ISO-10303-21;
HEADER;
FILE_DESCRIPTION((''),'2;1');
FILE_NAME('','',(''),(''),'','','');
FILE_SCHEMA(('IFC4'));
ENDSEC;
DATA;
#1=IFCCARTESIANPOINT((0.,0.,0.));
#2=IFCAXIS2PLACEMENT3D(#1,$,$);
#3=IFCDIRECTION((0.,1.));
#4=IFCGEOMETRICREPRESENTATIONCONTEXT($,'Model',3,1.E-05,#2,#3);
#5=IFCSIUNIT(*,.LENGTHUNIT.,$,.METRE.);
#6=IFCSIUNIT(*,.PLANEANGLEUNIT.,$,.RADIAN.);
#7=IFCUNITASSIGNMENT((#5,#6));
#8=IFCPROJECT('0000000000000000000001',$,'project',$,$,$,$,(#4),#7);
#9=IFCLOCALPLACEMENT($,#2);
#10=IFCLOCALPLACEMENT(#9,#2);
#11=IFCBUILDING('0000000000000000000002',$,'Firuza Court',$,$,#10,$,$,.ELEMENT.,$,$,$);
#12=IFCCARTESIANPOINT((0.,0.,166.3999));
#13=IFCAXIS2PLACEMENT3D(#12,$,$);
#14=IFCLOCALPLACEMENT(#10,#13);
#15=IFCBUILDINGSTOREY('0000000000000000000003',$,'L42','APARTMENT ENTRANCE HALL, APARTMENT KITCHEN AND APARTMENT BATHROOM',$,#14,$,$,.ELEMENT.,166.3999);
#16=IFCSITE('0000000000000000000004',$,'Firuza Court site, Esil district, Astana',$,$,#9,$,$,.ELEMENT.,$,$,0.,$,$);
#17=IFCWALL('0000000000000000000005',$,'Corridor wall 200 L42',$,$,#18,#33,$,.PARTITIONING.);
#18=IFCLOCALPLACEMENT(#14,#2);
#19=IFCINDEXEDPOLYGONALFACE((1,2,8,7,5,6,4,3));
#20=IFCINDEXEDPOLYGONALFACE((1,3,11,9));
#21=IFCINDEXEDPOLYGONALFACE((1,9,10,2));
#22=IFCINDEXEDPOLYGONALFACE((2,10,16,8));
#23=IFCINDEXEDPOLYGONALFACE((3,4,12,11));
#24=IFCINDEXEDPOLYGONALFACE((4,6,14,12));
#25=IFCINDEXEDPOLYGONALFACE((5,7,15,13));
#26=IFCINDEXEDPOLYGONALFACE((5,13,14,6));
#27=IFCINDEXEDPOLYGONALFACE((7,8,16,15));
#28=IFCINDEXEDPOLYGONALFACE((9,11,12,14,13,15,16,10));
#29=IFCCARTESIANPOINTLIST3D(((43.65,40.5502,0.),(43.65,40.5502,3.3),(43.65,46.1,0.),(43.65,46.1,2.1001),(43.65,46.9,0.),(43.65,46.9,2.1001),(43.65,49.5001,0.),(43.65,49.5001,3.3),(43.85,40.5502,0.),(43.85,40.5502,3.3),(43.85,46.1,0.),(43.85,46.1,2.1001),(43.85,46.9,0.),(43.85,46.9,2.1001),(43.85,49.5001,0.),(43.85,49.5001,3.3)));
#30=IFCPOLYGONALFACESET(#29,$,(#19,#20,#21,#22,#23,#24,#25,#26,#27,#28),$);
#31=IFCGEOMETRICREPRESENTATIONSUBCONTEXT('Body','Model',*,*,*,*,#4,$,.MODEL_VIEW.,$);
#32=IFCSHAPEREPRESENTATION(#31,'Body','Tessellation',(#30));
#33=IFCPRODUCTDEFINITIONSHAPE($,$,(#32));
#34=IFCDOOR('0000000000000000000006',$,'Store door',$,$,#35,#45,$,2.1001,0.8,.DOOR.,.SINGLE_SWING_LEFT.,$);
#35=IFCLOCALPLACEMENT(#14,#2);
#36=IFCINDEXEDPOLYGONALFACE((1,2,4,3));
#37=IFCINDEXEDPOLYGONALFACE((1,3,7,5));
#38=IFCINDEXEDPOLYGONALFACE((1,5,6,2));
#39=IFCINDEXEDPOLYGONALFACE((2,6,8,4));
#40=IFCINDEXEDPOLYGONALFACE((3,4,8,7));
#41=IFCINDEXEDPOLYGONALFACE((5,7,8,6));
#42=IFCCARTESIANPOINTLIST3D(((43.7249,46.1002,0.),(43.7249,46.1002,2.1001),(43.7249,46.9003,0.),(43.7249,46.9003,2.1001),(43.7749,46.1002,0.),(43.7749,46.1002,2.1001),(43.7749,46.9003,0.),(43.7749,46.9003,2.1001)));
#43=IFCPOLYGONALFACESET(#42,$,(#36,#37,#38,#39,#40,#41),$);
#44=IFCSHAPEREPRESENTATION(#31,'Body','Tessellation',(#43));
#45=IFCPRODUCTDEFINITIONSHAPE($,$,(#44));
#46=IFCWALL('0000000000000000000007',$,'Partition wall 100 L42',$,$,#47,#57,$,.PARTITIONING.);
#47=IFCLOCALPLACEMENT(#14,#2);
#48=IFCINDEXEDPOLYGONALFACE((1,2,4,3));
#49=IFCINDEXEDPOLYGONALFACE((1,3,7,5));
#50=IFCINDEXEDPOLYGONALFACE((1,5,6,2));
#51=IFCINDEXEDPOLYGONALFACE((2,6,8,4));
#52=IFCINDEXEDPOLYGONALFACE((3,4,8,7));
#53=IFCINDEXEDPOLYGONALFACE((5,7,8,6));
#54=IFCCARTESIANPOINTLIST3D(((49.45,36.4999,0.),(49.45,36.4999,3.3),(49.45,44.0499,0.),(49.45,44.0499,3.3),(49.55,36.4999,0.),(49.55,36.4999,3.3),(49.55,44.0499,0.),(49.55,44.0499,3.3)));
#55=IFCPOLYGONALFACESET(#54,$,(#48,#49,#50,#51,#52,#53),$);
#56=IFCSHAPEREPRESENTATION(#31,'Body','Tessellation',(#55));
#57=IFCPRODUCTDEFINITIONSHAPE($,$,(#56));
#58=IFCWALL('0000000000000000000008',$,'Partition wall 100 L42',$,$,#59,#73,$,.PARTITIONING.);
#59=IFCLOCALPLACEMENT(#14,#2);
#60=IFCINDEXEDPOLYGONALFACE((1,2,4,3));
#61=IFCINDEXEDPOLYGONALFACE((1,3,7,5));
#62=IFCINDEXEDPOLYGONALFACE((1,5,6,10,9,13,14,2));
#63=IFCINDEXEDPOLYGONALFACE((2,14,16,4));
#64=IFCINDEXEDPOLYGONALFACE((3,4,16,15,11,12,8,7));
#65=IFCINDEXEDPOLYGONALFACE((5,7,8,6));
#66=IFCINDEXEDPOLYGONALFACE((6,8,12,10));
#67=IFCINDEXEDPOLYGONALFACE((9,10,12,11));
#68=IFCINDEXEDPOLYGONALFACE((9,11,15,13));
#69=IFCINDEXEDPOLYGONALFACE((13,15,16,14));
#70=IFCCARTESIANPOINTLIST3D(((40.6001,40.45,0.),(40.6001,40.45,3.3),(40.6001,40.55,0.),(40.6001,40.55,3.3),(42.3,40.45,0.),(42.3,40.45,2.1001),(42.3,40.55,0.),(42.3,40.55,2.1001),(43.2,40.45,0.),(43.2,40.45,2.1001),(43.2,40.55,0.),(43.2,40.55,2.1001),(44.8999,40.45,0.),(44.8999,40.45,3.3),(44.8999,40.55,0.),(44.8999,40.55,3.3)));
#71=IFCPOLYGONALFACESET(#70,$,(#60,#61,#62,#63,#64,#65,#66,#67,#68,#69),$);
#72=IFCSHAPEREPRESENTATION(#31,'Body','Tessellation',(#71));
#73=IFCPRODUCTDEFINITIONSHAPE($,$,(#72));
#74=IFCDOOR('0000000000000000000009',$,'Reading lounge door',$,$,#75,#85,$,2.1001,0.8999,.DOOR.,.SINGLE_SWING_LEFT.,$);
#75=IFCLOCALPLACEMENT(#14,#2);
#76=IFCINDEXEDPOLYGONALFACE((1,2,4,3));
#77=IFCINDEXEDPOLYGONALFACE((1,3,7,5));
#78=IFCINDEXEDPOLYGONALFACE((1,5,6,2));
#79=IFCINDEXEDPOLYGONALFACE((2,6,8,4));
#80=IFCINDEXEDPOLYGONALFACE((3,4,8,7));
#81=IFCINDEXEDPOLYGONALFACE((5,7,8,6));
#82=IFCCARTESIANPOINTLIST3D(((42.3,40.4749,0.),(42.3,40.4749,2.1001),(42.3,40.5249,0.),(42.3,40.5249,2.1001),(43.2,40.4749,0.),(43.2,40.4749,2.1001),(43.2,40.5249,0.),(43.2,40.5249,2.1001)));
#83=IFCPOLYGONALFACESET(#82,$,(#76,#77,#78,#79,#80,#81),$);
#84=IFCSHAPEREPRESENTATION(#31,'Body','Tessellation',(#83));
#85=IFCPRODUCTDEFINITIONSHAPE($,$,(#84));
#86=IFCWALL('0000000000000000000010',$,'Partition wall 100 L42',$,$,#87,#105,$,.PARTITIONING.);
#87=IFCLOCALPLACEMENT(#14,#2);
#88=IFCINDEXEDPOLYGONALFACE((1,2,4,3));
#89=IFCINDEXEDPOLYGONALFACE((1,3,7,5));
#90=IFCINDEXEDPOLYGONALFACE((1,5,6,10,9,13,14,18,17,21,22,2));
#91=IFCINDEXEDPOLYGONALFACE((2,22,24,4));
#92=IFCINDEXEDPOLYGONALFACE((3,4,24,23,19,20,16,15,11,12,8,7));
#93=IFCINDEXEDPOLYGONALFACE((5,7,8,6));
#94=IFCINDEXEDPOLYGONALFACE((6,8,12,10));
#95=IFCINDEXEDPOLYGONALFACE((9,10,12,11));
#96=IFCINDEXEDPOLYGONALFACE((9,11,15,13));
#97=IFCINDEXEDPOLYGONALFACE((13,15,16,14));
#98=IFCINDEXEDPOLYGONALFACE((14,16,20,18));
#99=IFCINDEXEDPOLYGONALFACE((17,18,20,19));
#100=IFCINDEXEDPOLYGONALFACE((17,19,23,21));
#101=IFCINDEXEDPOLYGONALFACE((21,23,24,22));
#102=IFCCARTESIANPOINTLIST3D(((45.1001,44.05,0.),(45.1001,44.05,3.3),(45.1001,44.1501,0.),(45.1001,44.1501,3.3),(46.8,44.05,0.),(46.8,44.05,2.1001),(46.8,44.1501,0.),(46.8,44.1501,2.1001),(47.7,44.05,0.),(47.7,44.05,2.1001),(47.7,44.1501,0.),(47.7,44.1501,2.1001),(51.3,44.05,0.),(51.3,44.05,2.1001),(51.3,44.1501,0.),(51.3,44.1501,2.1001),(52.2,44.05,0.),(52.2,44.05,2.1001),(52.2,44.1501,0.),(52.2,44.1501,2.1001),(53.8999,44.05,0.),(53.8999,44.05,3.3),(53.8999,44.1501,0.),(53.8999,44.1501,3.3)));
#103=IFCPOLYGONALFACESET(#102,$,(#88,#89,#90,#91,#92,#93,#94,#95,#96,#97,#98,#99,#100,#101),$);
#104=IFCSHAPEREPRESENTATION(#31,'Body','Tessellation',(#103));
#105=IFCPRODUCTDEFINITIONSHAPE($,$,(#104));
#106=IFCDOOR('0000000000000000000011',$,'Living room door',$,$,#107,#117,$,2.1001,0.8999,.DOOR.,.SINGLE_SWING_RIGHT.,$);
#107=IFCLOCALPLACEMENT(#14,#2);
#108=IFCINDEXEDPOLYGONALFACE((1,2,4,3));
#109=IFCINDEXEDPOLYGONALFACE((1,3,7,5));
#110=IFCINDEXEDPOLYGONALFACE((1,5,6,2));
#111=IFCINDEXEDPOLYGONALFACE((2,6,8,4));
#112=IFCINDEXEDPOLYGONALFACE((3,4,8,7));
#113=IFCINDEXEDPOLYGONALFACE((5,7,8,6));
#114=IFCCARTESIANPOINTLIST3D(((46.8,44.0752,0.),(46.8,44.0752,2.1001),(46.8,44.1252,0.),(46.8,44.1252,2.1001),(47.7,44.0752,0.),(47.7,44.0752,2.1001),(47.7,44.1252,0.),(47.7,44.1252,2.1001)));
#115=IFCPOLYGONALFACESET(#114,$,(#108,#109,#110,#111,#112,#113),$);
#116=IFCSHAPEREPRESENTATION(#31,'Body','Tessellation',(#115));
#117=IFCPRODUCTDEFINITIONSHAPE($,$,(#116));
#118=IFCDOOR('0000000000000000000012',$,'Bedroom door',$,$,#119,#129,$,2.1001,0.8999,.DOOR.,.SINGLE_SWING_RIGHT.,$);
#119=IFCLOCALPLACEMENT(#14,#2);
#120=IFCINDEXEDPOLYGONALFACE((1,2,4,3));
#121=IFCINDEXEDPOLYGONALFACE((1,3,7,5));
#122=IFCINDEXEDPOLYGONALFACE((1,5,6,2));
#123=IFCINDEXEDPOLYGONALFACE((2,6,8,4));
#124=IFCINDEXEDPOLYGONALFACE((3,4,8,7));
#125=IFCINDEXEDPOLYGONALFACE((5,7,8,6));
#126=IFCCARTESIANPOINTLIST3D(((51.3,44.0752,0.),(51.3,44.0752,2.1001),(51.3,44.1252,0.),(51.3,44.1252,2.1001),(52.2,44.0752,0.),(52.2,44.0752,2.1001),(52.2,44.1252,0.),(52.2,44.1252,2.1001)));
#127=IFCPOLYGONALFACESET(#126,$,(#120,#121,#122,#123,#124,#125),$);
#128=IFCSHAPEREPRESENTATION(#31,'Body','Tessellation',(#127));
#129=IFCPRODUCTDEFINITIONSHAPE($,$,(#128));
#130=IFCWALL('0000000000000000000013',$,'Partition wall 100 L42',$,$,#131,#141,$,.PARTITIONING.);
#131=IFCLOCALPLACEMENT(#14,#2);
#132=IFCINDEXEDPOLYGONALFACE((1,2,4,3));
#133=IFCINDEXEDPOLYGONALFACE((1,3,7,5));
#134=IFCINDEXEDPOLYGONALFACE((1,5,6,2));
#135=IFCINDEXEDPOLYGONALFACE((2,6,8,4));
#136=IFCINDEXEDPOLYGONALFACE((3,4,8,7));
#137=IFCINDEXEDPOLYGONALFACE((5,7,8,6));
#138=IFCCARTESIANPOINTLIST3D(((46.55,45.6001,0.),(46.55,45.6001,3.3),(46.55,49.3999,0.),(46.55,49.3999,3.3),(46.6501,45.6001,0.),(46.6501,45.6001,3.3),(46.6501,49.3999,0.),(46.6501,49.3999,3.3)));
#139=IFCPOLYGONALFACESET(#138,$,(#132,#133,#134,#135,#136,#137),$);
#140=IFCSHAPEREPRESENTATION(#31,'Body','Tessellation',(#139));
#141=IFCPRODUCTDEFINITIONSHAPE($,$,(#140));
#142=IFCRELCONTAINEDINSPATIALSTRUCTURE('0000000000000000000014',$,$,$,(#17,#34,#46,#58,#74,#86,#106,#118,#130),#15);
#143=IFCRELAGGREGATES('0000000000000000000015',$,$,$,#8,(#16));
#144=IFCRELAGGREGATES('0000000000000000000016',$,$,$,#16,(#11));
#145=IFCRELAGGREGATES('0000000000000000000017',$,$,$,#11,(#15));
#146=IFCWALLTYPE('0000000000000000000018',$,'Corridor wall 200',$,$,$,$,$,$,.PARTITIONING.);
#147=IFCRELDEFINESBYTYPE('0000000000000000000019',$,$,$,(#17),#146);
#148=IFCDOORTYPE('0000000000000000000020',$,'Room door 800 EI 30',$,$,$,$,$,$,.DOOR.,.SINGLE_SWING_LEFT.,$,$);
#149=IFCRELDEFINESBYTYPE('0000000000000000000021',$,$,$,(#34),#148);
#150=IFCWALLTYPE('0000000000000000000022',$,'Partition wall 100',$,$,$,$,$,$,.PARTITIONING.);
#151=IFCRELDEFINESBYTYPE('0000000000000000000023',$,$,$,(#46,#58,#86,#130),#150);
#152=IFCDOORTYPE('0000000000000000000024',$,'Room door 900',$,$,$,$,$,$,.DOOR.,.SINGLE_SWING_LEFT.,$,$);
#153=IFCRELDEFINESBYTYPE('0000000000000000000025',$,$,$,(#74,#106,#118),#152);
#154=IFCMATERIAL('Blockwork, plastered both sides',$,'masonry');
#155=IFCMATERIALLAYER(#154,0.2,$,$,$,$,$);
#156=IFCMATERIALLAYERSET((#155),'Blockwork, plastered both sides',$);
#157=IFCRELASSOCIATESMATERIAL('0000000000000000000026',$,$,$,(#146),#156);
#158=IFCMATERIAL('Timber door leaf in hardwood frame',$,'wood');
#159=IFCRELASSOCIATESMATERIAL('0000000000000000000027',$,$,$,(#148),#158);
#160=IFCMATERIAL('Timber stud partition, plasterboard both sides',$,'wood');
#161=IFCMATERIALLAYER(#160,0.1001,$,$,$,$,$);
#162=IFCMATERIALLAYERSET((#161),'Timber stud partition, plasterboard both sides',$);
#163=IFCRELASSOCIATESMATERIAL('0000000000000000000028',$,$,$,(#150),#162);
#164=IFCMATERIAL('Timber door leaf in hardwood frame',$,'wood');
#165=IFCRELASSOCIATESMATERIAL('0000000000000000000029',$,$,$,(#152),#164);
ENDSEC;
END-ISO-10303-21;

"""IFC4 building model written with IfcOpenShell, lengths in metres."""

from ifc_helpers import new_model, si_unit, direction, frame, frame_2d, origin, place, context, subcontext, project, spatial, rectangle, extrude, material, layer, layer_set, type_object, element, fill, save


model = new_model("IFC4")

# Units and contexts
model_context = context("Model", 3, precision=1e-05, world=origin(), true_north=direction((0.0, 1.0)))
body_context = subcontext(model_context, "Body", "Model", "MODEL_VIEW")
ifc_project = project(units=[si_unit("LENGTHUNIT", "METRE"), si_unit("PLANEANGLEUNIT", "RADIAN")], contexts=[model_context])

# Site, building, storey
site_placement = place(None, origin())
site = spatial("IfcSite", under=ifc_project, at=site_placement, Name="Firuza Court site, Esil district, Astana", CompositionType="ELEMENT", RefElevation=0.0)
building_placement = place(site_placement, origin())
building = spatial("IfcBuilding", under=site, at=building_placement, Name="Firuza Court", CompositionType="ELEMENT")
storey_placement = place(building_placement, frame((0.0, 0.0, 166.3999)))
storey = spatial("IfcBuildingStorey", under=building, at=storey_placement, Name="L42", Description="APARTMENT ENTRANCE HALL, APARTMENT KITCHEN AND APARTMENT BATHROOM", CompositionType="ELEMENT", Elevation=166.3999)

# Wall, opening, door
ifc_material_1 = material(Name="Blockwork, plastered both sides", Category="masonry")
ifc_layer_1 = layer(ifc_material_1, 0.2)
ifc_layer_set_1 = layer_set([ifc_layer_1], Name="Blockwork, plastered both sides")
wall_type_1 = type_object("IfcWallType", Name="Corridor wall 200", PredefinedType="PARTITIONING", material=ifc_layer_set_1)
ifc_material_2 = material(Name="Timber door leaf in hardwood frame", Category="wood")
door_type_1 = type_object("IfcDoorType", Name="Room door 800 EI 30", OperationType="SINGLE_SWING_LEFT", PredefinedType="DOOR", material=ifc_material_2)
wall_1_placement = place(storey_placement, frame((43.75, 40.55, 0.0), z_axis=(0.0, 0.0, 1.0), x_axis=(0.0, 1.0, 0.0)))
wall_1 = element("IfcWall", 1, at=wall_1_placement, inside=storey, type_object=wall_type_1, Name="Corridor wall 200 L42", PredefinedType="PARTITIONING", context=body_context, shape_type="SweptSolid", body=[
    extrude(rectangle(XDim=8.95, YDim=0.2, at=frame_2d((4.4751, 0.0))), origin(), (0.0, 0.0, 1.0), 3.3),
])
opening_1_placement = place(wall_1_placement, frame((5.55, 0.0, 0.0)))
opening_1 = element("IfcOpeningElement", 2, at=opening_1_placement, cuts=wall_1, PredefinedType="OPENING", context=body_context, shape_type="SweptSolid", body=[
    extrude(rectangle(XDim=0.8, YDim=2.1001, at=frame_2d((0.3999, 1.05))), frame((0.0, 0.1118, 0.0), z_axis=(0.0, -1.0, 0.0), x_axis=(1.0, 0.0, 0.0)), (0.0, 0.0, 1.0), 0.2239),
])
door_1_placement = place(opening_1_placement, frame((0.8, 0.0, 0.0), z_axis=(0.0, 0.0, 1.0), x_axis=(-1.0, 0.0, 0.0)))
door_1 = element("IfcDoor", 3, at=door_1_placement, inside=storey, type_object=door_type_1, Name="Store door", OperationType="SINGLE_SWING_LEFT", OverallHeight=2.1001, OverallWidth=0.8, PredefinedType="DOOR", context=body_context, shape_type="SweptSolid", body=[
    extrude(rectangle(XDim=0.8, YDim=2.1001, at=frame_2d((0.3999, 1.05))), frame((0.0, 0.0249, 0.0), z_axis=(0.0, -1.0, 0.0), x_axis=(1.0, 0.0, 0.0)), (0.0, 0.0, 1.0), 0.05),
])
fill(opening_1, door_1)

# Wall
ifc_material_3 = material(Name="Timber stud partition, plasterboard both sides", Category="wood")
ifc_layer_2 = layer(ifc_material_3, 0.1001)
ifc_layer_set_2 = layer_set([ifc_layer_2], Name="Timber stud partition, plasterboard both sides")
wall_type_2 = type_object("IfcWallType", Name="Partition wall 100", PredefinedType="PARTITIONING", material=ifc_layer_set_2)
wall_2_placement = place(storey_placement, frame((49.5, 36.5, 0.0), z_axis=(0.0, 0.0, 1.0), x_axis=(0.0, 1.0, 0.0)))
element("IfcWall", 4, at=wall_2_placement, inside=storey, type_object=wall_type_2, Name="Partition wall 100 L42", PredefinedType="PARTITIONING", context=body_context, shape_type="SweptSolid", body=[
    extrude(rectangle(XDim=7.55, YDim=0.1001, at=frame_2d((3.7749, 0.0))), origin(), (0.0, 0.0, 1.0), 3.3),
])

# Wall, opening, door
wall_3_placement = place(storey_placement, frame((40.6001, 40.5, 0.0), z_axis=(0.0, 0.0, 1.0), x_axis=(1.0, 0.0, 0.0)))
wall_3 = element("IfcWall", 5, at=wall_3_placement, inside=storey, type_object=wall_type_2, Name="Partition wall 100 L42", PredefinedType="PARTITIONING", context=body_context, shape_type="SweptSolid", body=[
    extrude(rectangle(XDim=4.2998, YDim=0.1001, at=frame_2d((2.1499, 0.0))), origin(), (0.0, 0.0, 1.0), 3.3),
])
opening_2_placement = place(wall_3_placement, frame((1.7, 0.0, 0.0)))
opening_2 = element("IfcOpeningElement", 6, at=opening_2_placement, cuts=wall_3, PredefinedType="OPENING", context=body_context, shape_type="SweptSolid", body=[
    extrude(rectangle(XDim=0.8999, YDim=2.1001, at=frame_2d((0.45, 1.05))), frame((0.0, 0.062, 0.0), z_axis=(0.0, -1.0, 0.0), x_axis=(1.0, 0.0, 0.0)), (0.0, 0.0, 1.0), 0.124),
])
ifc_material_4 = material(Name="Timber door leaf in hardwood frame", Category="wood")
door_type_2 = type_object("IfcDoorType", Name="Room door 900", OperationType="SINGLE_SWING_LEFT", PredefinedType="DOOR", material=ifc_material_4)
door_2_placement = place(opening_2_placement, origin())
door_2 = element("IfcDoor", 7, at=door_2_placement, inside=storey, type_object=door_type_2, Name="Reading lounge door", OperationType="SINGLE_SWING_LEFT", OverallHeight=2.1001, OverallWidth=0.8999, PredefinedType="DOOR", context=body_context, shape_type="SweptSolid", body=[
    extrude(rectangle(XDim=0.8999, YDim=2.1001, at=frame_2d((0.45, 1.05))), frame((0.0, 0.0249, 0.0), z_axis=(0.0, -1.0, 0.0), x_axis=(1.0, 0.0, 0.0)), (0.0, 0.0, 1.0), 0.05),
])
fill(opening_2, door_2)

# Wall, openings, doors
wall_4_placement = place(storey_placement, frame((45.1001, 44.1001, 0.0), z_axis=(0.0, 0.0, 1.0), x_axis=(1.0, 0.0, 0.0)))
wall_4 = element("IfcWall", 8, at=wall_4_placement, inside=storey, type_object=wall_type_2, Name="Partition wall 100 L42", PredefinedType="PARTITIONING", context=body_context, shape_type="SweptSolid", body=[
    extrude(rectangle(XDim=8.7998, YDim=0.1001, at=frame_2d((4.3999, 0.0))), origin(), (0.0, 0.0, 1.0), 3.3),
])
opening_3_placement = place(wall_4_placement, frame((1.7, 0.0, 0.0)))
opening_3 = element("IfcOpeningElement", 9, at=opening_3_placement, cuts=wall_4, PredefinedType="OPENING", context=body_context, shape_type="SweptSolid", body=[
    extrude(rectangle(XDim=0.8999, YDim=2.1001, at=frame_2d((0.45, 1.05))), frame((0.0, 0.062, 0.0), z_axis=(0.0, -1.0, 0.0), x_axis=(1.0, 0.0, 0.0)), (0.0, 0.0, 1.0), 0.124),
])
opening_4_placement = place(wall_4_placement, frame((6.2, 0.0, 0.0)))
opening_4 = element("IfcOpeningElement", 10, at=opening_4_placement, cuts=wall_4, PredefinedType="OPENING", context=body_context, shape_type="SweptSolid", body=[
    extrude(rectangle(XDim=0.8999, YDim=2.1001, at=frame_2d((0.45, 1.05))), frame((0.0, 0.062, 0.0), z_axis=(0.0, -1.0, 0.0), x_axis=(1.0, 0.0, 0.0)), (0.0, 0.0, 1.0), 0.124),
])
door_3_placement = place(opening_3_placement, frame((0.8999, 0.0, 0.0), z_axis=(0.0, 0.0, 1.0), x_axis=(-1.0, 0.0, 0.0)))
door_3 = element("IfcDoor", 11, at=door_3_placement, inside=storey, type_object=door_type_2, Name="Living room door", OperationType="SINGLE_SWING_RIGHT", OverallHeight=2.1001, OverallWidth=0.8999, PredefinedType="DOOR", context=body_context, shape_type="SweptSolid", body=[
    extrude(rectangle(XDim=0.8999, YDim=2.1001, at=frame_2d((0.45, 1.05))), frame((0.0, 0.0249, 0.0), z_axis=(0.0, -1.0, 0.0), x_axis=(1.0, 0.0, 0.0)), (0.0, 0.0, 1.0), 0.05),
])
fill(opening_3, door_3)
door_4_placement = place(opening_4_placement, frame((0.8999, 0.0, 0.0), z_axis=(0.0, 0.0, 1.0), x_axis=(-1.0, 0.0, 0.0)))
door_4 = element("IfcDoor", 12, at=door_4_placement, inside=storey, type_object=door_type_2, Name="Bedroom door", OperationType="SINGLE_SWING_RIGHT", OverallHeight=2.1001, OverallWidth=0.8999, PredefinedType="DOOR", context=body_context, shape_type="SweptSolid", body=[
    extrude(rectangle(XDim=0.8999, YDim=2.1001, at=frame_2d((0.45, 1.05))), frame((0.0, 0.0249, 0.0), z_axis=(0.0, -1.0, 0.0), x_axis=(1.0, 0.0, 0.0)), (0.0, 0.0, 1.0), 0.05),
])
fill(opening_4, door_4)

# Wall
wall_5_placement = place(storey_placement, frame((46.6001, 45.6001, 0.0), z_axis=(0.0, 0.0, 1.0), x_axis=(0.0, 1.0, 0.0)))
element("IfcWall", 13, at=wall_5_placement, inside=storey, type_object=wall_type_2, Name="Partition wall 100 L42", PredefinedType="PARTITIONING", context=body_context, shape_type="SweptSolid", body=[
    extrude(rectangle(XDim=3.7998, YDim=0.1001, at=frame_2d((1.8999, 0.0))), origin(), (0.0, 0.0, 1.0), 3.3),
])

save(model, "model.ifc")
